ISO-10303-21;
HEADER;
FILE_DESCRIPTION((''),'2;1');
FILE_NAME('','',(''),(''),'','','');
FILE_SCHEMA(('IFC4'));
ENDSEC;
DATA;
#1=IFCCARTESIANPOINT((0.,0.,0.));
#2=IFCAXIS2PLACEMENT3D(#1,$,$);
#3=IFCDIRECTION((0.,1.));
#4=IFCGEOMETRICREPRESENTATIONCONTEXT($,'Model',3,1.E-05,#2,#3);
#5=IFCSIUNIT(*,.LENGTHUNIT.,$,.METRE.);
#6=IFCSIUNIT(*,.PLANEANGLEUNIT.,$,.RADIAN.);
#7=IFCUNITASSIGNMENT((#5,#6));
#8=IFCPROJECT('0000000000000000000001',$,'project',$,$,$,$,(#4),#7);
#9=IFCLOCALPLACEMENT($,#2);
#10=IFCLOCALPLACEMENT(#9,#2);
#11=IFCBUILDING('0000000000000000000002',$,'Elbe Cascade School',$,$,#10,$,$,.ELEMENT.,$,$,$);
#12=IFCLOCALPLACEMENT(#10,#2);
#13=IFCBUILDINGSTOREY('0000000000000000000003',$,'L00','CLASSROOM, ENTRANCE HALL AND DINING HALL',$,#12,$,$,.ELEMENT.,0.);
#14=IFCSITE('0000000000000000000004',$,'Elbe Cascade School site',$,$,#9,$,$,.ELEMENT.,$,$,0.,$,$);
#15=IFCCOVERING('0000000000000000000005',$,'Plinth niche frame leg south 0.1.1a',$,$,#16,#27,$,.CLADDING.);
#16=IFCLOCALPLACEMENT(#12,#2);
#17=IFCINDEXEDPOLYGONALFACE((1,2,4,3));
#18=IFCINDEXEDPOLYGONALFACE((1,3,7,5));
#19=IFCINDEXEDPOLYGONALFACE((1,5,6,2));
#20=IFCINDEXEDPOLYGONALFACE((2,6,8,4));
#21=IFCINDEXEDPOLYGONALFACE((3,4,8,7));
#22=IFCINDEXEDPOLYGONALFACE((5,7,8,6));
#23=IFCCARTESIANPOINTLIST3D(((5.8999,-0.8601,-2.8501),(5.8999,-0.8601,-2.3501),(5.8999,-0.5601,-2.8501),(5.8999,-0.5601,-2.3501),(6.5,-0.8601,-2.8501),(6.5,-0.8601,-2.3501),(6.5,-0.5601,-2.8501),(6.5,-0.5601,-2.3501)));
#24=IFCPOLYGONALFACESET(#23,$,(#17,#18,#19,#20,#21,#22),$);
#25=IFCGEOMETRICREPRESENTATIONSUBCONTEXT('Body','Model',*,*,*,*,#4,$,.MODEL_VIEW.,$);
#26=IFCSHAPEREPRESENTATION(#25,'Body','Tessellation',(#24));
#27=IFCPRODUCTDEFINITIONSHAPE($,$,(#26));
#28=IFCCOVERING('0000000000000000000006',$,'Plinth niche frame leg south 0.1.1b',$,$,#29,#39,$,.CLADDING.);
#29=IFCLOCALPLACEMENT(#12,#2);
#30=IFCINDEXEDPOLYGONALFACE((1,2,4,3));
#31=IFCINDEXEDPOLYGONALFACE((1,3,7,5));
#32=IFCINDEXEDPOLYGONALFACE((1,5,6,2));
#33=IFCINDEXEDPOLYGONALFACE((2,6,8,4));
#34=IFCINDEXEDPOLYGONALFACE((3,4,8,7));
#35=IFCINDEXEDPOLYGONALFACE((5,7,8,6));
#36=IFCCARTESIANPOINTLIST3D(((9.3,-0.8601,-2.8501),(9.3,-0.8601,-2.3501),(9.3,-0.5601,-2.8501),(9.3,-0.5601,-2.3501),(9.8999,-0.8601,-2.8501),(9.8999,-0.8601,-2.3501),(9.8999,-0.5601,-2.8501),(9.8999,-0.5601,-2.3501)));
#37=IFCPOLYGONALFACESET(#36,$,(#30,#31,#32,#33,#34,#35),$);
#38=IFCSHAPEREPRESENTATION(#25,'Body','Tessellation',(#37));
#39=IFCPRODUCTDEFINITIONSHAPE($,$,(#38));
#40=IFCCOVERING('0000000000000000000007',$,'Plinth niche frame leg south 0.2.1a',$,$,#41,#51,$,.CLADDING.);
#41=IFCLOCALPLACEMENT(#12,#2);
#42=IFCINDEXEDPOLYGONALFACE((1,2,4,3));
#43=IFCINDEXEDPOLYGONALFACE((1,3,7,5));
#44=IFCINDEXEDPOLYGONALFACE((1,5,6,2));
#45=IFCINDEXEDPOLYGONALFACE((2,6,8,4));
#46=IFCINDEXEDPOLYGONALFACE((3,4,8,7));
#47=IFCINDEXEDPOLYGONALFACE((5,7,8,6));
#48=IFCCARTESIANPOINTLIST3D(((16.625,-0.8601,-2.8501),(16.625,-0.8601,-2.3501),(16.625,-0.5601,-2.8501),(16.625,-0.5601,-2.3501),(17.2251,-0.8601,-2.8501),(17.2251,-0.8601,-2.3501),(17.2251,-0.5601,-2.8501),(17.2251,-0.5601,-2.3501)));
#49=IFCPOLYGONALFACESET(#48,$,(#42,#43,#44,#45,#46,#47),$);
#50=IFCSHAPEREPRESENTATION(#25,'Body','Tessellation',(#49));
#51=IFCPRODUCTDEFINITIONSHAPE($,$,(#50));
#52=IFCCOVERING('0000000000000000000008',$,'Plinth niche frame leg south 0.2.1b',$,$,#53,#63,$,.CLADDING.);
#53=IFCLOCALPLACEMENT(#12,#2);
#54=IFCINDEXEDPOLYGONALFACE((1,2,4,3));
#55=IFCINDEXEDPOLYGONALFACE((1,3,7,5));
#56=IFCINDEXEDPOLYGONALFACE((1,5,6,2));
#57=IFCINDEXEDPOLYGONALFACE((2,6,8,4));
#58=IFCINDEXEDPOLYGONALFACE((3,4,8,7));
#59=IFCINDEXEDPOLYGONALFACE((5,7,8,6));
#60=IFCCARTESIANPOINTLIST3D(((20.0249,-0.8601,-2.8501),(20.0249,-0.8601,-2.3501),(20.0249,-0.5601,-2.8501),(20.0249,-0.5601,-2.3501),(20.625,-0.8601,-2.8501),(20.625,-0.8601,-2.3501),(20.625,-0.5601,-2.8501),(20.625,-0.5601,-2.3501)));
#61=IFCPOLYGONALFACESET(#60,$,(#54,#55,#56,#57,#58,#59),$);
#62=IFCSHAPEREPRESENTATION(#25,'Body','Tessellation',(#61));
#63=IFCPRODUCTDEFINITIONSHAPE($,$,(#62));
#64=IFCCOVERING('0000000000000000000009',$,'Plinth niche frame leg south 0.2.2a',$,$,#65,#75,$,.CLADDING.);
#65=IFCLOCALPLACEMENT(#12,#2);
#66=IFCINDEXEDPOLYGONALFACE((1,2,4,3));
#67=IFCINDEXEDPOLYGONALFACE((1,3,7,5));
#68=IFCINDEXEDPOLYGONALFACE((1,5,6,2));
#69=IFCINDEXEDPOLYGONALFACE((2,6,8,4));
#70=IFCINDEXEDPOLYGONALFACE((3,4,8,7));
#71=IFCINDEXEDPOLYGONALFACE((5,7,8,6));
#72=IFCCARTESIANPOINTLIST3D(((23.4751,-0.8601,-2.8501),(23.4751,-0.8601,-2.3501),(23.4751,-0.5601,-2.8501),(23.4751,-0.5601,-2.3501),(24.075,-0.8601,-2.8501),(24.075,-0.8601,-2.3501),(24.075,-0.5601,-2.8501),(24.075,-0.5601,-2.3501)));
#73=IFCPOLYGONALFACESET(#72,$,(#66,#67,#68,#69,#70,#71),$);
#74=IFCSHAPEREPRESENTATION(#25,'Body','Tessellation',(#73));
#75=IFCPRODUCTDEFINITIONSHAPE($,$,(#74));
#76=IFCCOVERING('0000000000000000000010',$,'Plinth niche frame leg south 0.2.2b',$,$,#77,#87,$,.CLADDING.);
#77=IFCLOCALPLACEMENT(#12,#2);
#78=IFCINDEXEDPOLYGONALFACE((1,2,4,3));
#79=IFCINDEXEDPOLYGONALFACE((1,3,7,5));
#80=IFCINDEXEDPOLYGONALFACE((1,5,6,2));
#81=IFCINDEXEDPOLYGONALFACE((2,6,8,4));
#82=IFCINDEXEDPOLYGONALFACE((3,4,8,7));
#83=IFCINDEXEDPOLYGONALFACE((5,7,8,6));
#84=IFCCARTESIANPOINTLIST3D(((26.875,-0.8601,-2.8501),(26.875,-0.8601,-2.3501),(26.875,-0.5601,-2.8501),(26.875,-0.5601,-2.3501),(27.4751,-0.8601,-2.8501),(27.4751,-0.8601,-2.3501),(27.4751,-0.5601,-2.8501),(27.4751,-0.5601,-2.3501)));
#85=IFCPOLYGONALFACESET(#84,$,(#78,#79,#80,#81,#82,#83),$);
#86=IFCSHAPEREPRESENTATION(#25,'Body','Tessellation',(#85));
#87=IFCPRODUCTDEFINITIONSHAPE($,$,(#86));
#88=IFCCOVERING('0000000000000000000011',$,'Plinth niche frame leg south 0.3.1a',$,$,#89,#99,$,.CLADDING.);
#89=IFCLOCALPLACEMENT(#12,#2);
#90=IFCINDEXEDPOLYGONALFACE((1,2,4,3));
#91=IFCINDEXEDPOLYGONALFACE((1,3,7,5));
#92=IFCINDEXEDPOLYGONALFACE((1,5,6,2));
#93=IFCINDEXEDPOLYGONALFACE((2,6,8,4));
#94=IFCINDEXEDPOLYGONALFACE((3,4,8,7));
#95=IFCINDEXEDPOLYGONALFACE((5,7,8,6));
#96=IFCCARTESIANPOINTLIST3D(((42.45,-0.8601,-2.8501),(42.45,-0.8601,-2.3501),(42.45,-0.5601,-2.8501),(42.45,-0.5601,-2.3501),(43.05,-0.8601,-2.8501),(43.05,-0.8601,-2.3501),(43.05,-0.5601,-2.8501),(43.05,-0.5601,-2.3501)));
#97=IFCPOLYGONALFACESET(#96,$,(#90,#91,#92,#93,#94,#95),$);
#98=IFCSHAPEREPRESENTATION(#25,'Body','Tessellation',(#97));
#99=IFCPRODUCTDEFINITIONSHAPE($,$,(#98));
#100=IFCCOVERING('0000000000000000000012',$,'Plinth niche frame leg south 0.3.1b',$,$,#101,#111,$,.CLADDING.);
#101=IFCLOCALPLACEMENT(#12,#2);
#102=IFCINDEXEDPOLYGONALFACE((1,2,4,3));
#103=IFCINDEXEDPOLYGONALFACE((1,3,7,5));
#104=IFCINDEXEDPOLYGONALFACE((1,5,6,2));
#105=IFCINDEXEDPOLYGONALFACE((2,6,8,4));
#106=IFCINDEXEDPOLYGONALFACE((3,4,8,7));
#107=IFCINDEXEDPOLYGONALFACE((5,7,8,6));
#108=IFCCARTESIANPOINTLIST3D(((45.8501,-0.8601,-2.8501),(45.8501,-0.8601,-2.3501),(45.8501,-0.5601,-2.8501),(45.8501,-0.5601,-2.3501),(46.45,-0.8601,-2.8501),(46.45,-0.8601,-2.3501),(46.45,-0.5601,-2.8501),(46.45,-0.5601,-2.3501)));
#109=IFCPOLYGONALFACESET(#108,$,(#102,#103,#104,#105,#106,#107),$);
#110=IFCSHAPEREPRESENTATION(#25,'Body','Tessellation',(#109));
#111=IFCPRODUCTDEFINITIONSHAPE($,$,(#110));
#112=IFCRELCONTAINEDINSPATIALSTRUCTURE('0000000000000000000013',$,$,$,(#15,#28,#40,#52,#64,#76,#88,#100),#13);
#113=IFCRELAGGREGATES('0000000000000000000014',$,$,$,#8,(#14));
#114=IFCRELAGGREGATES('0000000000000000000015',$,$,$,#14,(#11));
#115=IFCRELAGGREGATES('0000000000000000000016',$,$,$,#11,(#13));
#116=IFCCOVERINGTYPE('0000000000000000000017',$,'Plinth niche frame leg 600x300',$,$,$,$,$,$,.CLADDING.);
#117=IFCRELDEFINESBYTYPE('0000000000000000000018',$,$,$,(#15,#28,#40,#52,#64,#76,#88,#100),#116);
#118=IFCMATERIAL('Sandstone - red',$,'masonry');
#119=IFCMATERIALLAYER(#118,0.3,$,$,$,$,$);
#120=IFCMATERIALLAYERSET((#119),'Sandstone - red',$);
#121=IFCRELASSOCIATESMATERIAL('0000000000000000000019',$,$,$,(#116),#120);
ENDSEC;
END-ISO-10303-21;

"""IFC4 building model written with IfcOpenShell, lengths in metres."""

from ifc_helpers import new_model, si_unit, direction, frame, origin, place, context, subcontext, project, spatial, polyline, outline, extrude, material, layer, layer_set, type_object, element, save


model = new_model("IFC4")

# Units and contexts
model_context = context("Model", 3, precision=1e-05, world=origin(), true_north=direction((0.0, 1.0)))
body_context = subcontext(model_context, "Body", "Model", "MODEL_VIEW")
ifc_project = project(units=[si_unit("LENGTHUNIT", "METRE"), si_unit("PLANEANGLEUNIT", "RADIAN")], contexts=[model_context])

# Site, building, storey
site_placement = place(None, origin())
site = spatial("IfcSite", under=ifc_project, at=site_placement, Name="Elbe Cascade School site", CompositionType="ELEMENT", RefElevation=0.0)
building_placement = place(site_placement, origin())
building = spatial("IfcBuilding", under=site, at=building_placement, Name="Elbe Cascade School", CompositionType="ELEMENT")
storey_placement = place(building_placement, origin())
storey = spatial("IfcBuildingStorey", under=building, at=storey_placement, Name="L00", Description="CLASSROOM, ENTRANCE HALL AND DINING HALL", CompositionType="ELEMENT", Elevation=0.0)

# Coverings
ifc_material_1 = material(Name="Sandstone - red", Category="masonry")
ifc_layer_1 = layer(ifc_material_1, 0.3)
ifc_layer_set_1 = layer_set([ifc_layer_1], Name="Sandstone - red")
covering_type_1 = type_object("IfcCoveringType", Name="Plinth niche frame leg 600x300", PredefinedType="CLADDING", material=ifc_layer_set_1)
covering_1_placement = place(storey_placement, frame((0.0, 0.0, -2.8501)))
element("IfcCovering", 1, at=covering_1_placement, inside=storey, type_object=covering_type_1, Name="Plinth niche frame leg south 0.1.1a", PredefinedType="CLADDING", context=body_context, shape_type="SweptSolid", body=[
    extrude(outline(polyline([(5.8999, -0.8601), (6.5, -0.8601), (6.5, -0.5601), (5.8999, -0.5601), (5.8999, -0.8601)])), origin(), (0.0, 0.0, 1.0), 0.5),
])
covering_2_placement = place(storey_placement, frame((0.0, 0.0, -2.8501)))
element("IfcCovering", 2, at=covering_2_placement, inside=storey, type_object=covering_type_1, Name="Plinth niche frame leg south 0.1.1b", PredefinedType="CLADDING", context=body_context, shape_type="SweptSolid", body=[
    extrude(outline(polyline([(9.3, -0.8601), (9.8999, -0.8601), (9.8999, -0.5601), (9.3, -0.5601), (9.3, -0.8601)])), origin(), (0.0, 0.0, 1.0), 0.5),
])
covering_3_placement = place(storey_placement, frame((0.0, 0.0, -2.8501)))
element("IfcCovering", 3, at=covering_3_placement, inside=storey, type_object=covering_type_1, Name="Plinth niche frame leg south 0.2.1a", PredefinedType="CLADDING", context=body_context, shape_type="SweptSolid", body=[
    extrude(outline(polyline([(16.625, -0.8601), (17.2251, -0.8601), (17.2251, -0.5601), (16.625, -0.5601), (16.625, -0.8601)])), origin(), (0.0, 0.0, 1.0), 0.5),
])
covering_4_placement = place(storey_placement, frame((0.0, 0.0, -2.8501)))
element("IfcCovering", 4, at=covering_4_placement, inside=storey, type_object=covering_type_1, Name="Plinth niche frame leg south 0.2.1b", PredefinedType="CLADDING", context=body_context, shape_type="SweptSolid", body=[
    extrude(outline(polyline([(20.0249, -0.8601), (20.625, -0.8601), (20.625, -0.5601), (20.0249, -0.5601), (20.0249, -0.8601)])), origin(), (0.0, 0.0, 1.0), 0.5),
])
covering_5_placement = place(storey_placement, frame((0.0, 0.0, -2.8501)))
element("IfcCovering", 5, at=covering_5_placement, inside=storey, type_object=covering_type_1, Name="Plinth niche frame leg south 0.2.2a", PredefinedType="CLADDING", context=body_context, shape_type="SweptSolid", body=[
    extrude(outline(polyline([(23.4751, -0.8601), (24.075, -0.8601), (24.075, -0.5601), (23.4751, -0.5601), (23.4751, -0.8601)])), origin(), (0.0, 0.0, 1.0), 0.5),
])
covering_6_placement = place(storey_placement, frame((0.0, 0.0, -2.8501)))
element("IfcCovering", 6, at=covering_6_placement, inside=storey, type_object=covering_type_1, Name="Plinth niche frame leg south 0.2.2b", PredefinedType="CLADDING", context=body_context, shape_type="SweptSolid", body=[
    extrude(outline(polyline([(26.875, -0.8601), (27.4751, -0.8601), (27.4751, -0.5601), (26.875, -0.5601), (26.875, -0.8601)])), origin(), (0.0, 0.0, 1.0), 0.5),
])
covering_7_placement = place(storey_placement, frame((0.0, 0.0, -2.8501)))
element("IfcCovering", 7, at=covering_7_placement, inside=storey, type_object=covering_type_1, Name="Plinth niche frame leg south 0.3.1a", PredefinedType="CLADDING", context=body_context, shape_type="SweptSolid", body=[
    extrude(outline(polyline([(42.45, -0.8601), (43.05, -0.8601), (43.05, -0.5601), (42.45, -0.5601), (42.45, -0.8601)])), origin(), (0.0, 0.0, 1.0), 0.5),
])
covering_8_placement = place(storey_placement, frame((0.0, 0.0, -2.8501)))
element("IfcCovering", 8, at=covering_8_placement, inside=storey, type_object=covering_type_1, Name="Plinth niche frame leg south 0.3.1b", PredefinedType="CLADDING", context=body_context, shape_type="SweptSolid", body=[
    extrude(outline(polyline([(45.8501, -0.8601), (46.45, -0.8601), (46.45, -0.5601), (45.8501, -0.5601), (45.8501, -0.8601)])), origin(), (0.0, 0.0, 1.0), 0.5),
])

save(model, "model.ifc")
